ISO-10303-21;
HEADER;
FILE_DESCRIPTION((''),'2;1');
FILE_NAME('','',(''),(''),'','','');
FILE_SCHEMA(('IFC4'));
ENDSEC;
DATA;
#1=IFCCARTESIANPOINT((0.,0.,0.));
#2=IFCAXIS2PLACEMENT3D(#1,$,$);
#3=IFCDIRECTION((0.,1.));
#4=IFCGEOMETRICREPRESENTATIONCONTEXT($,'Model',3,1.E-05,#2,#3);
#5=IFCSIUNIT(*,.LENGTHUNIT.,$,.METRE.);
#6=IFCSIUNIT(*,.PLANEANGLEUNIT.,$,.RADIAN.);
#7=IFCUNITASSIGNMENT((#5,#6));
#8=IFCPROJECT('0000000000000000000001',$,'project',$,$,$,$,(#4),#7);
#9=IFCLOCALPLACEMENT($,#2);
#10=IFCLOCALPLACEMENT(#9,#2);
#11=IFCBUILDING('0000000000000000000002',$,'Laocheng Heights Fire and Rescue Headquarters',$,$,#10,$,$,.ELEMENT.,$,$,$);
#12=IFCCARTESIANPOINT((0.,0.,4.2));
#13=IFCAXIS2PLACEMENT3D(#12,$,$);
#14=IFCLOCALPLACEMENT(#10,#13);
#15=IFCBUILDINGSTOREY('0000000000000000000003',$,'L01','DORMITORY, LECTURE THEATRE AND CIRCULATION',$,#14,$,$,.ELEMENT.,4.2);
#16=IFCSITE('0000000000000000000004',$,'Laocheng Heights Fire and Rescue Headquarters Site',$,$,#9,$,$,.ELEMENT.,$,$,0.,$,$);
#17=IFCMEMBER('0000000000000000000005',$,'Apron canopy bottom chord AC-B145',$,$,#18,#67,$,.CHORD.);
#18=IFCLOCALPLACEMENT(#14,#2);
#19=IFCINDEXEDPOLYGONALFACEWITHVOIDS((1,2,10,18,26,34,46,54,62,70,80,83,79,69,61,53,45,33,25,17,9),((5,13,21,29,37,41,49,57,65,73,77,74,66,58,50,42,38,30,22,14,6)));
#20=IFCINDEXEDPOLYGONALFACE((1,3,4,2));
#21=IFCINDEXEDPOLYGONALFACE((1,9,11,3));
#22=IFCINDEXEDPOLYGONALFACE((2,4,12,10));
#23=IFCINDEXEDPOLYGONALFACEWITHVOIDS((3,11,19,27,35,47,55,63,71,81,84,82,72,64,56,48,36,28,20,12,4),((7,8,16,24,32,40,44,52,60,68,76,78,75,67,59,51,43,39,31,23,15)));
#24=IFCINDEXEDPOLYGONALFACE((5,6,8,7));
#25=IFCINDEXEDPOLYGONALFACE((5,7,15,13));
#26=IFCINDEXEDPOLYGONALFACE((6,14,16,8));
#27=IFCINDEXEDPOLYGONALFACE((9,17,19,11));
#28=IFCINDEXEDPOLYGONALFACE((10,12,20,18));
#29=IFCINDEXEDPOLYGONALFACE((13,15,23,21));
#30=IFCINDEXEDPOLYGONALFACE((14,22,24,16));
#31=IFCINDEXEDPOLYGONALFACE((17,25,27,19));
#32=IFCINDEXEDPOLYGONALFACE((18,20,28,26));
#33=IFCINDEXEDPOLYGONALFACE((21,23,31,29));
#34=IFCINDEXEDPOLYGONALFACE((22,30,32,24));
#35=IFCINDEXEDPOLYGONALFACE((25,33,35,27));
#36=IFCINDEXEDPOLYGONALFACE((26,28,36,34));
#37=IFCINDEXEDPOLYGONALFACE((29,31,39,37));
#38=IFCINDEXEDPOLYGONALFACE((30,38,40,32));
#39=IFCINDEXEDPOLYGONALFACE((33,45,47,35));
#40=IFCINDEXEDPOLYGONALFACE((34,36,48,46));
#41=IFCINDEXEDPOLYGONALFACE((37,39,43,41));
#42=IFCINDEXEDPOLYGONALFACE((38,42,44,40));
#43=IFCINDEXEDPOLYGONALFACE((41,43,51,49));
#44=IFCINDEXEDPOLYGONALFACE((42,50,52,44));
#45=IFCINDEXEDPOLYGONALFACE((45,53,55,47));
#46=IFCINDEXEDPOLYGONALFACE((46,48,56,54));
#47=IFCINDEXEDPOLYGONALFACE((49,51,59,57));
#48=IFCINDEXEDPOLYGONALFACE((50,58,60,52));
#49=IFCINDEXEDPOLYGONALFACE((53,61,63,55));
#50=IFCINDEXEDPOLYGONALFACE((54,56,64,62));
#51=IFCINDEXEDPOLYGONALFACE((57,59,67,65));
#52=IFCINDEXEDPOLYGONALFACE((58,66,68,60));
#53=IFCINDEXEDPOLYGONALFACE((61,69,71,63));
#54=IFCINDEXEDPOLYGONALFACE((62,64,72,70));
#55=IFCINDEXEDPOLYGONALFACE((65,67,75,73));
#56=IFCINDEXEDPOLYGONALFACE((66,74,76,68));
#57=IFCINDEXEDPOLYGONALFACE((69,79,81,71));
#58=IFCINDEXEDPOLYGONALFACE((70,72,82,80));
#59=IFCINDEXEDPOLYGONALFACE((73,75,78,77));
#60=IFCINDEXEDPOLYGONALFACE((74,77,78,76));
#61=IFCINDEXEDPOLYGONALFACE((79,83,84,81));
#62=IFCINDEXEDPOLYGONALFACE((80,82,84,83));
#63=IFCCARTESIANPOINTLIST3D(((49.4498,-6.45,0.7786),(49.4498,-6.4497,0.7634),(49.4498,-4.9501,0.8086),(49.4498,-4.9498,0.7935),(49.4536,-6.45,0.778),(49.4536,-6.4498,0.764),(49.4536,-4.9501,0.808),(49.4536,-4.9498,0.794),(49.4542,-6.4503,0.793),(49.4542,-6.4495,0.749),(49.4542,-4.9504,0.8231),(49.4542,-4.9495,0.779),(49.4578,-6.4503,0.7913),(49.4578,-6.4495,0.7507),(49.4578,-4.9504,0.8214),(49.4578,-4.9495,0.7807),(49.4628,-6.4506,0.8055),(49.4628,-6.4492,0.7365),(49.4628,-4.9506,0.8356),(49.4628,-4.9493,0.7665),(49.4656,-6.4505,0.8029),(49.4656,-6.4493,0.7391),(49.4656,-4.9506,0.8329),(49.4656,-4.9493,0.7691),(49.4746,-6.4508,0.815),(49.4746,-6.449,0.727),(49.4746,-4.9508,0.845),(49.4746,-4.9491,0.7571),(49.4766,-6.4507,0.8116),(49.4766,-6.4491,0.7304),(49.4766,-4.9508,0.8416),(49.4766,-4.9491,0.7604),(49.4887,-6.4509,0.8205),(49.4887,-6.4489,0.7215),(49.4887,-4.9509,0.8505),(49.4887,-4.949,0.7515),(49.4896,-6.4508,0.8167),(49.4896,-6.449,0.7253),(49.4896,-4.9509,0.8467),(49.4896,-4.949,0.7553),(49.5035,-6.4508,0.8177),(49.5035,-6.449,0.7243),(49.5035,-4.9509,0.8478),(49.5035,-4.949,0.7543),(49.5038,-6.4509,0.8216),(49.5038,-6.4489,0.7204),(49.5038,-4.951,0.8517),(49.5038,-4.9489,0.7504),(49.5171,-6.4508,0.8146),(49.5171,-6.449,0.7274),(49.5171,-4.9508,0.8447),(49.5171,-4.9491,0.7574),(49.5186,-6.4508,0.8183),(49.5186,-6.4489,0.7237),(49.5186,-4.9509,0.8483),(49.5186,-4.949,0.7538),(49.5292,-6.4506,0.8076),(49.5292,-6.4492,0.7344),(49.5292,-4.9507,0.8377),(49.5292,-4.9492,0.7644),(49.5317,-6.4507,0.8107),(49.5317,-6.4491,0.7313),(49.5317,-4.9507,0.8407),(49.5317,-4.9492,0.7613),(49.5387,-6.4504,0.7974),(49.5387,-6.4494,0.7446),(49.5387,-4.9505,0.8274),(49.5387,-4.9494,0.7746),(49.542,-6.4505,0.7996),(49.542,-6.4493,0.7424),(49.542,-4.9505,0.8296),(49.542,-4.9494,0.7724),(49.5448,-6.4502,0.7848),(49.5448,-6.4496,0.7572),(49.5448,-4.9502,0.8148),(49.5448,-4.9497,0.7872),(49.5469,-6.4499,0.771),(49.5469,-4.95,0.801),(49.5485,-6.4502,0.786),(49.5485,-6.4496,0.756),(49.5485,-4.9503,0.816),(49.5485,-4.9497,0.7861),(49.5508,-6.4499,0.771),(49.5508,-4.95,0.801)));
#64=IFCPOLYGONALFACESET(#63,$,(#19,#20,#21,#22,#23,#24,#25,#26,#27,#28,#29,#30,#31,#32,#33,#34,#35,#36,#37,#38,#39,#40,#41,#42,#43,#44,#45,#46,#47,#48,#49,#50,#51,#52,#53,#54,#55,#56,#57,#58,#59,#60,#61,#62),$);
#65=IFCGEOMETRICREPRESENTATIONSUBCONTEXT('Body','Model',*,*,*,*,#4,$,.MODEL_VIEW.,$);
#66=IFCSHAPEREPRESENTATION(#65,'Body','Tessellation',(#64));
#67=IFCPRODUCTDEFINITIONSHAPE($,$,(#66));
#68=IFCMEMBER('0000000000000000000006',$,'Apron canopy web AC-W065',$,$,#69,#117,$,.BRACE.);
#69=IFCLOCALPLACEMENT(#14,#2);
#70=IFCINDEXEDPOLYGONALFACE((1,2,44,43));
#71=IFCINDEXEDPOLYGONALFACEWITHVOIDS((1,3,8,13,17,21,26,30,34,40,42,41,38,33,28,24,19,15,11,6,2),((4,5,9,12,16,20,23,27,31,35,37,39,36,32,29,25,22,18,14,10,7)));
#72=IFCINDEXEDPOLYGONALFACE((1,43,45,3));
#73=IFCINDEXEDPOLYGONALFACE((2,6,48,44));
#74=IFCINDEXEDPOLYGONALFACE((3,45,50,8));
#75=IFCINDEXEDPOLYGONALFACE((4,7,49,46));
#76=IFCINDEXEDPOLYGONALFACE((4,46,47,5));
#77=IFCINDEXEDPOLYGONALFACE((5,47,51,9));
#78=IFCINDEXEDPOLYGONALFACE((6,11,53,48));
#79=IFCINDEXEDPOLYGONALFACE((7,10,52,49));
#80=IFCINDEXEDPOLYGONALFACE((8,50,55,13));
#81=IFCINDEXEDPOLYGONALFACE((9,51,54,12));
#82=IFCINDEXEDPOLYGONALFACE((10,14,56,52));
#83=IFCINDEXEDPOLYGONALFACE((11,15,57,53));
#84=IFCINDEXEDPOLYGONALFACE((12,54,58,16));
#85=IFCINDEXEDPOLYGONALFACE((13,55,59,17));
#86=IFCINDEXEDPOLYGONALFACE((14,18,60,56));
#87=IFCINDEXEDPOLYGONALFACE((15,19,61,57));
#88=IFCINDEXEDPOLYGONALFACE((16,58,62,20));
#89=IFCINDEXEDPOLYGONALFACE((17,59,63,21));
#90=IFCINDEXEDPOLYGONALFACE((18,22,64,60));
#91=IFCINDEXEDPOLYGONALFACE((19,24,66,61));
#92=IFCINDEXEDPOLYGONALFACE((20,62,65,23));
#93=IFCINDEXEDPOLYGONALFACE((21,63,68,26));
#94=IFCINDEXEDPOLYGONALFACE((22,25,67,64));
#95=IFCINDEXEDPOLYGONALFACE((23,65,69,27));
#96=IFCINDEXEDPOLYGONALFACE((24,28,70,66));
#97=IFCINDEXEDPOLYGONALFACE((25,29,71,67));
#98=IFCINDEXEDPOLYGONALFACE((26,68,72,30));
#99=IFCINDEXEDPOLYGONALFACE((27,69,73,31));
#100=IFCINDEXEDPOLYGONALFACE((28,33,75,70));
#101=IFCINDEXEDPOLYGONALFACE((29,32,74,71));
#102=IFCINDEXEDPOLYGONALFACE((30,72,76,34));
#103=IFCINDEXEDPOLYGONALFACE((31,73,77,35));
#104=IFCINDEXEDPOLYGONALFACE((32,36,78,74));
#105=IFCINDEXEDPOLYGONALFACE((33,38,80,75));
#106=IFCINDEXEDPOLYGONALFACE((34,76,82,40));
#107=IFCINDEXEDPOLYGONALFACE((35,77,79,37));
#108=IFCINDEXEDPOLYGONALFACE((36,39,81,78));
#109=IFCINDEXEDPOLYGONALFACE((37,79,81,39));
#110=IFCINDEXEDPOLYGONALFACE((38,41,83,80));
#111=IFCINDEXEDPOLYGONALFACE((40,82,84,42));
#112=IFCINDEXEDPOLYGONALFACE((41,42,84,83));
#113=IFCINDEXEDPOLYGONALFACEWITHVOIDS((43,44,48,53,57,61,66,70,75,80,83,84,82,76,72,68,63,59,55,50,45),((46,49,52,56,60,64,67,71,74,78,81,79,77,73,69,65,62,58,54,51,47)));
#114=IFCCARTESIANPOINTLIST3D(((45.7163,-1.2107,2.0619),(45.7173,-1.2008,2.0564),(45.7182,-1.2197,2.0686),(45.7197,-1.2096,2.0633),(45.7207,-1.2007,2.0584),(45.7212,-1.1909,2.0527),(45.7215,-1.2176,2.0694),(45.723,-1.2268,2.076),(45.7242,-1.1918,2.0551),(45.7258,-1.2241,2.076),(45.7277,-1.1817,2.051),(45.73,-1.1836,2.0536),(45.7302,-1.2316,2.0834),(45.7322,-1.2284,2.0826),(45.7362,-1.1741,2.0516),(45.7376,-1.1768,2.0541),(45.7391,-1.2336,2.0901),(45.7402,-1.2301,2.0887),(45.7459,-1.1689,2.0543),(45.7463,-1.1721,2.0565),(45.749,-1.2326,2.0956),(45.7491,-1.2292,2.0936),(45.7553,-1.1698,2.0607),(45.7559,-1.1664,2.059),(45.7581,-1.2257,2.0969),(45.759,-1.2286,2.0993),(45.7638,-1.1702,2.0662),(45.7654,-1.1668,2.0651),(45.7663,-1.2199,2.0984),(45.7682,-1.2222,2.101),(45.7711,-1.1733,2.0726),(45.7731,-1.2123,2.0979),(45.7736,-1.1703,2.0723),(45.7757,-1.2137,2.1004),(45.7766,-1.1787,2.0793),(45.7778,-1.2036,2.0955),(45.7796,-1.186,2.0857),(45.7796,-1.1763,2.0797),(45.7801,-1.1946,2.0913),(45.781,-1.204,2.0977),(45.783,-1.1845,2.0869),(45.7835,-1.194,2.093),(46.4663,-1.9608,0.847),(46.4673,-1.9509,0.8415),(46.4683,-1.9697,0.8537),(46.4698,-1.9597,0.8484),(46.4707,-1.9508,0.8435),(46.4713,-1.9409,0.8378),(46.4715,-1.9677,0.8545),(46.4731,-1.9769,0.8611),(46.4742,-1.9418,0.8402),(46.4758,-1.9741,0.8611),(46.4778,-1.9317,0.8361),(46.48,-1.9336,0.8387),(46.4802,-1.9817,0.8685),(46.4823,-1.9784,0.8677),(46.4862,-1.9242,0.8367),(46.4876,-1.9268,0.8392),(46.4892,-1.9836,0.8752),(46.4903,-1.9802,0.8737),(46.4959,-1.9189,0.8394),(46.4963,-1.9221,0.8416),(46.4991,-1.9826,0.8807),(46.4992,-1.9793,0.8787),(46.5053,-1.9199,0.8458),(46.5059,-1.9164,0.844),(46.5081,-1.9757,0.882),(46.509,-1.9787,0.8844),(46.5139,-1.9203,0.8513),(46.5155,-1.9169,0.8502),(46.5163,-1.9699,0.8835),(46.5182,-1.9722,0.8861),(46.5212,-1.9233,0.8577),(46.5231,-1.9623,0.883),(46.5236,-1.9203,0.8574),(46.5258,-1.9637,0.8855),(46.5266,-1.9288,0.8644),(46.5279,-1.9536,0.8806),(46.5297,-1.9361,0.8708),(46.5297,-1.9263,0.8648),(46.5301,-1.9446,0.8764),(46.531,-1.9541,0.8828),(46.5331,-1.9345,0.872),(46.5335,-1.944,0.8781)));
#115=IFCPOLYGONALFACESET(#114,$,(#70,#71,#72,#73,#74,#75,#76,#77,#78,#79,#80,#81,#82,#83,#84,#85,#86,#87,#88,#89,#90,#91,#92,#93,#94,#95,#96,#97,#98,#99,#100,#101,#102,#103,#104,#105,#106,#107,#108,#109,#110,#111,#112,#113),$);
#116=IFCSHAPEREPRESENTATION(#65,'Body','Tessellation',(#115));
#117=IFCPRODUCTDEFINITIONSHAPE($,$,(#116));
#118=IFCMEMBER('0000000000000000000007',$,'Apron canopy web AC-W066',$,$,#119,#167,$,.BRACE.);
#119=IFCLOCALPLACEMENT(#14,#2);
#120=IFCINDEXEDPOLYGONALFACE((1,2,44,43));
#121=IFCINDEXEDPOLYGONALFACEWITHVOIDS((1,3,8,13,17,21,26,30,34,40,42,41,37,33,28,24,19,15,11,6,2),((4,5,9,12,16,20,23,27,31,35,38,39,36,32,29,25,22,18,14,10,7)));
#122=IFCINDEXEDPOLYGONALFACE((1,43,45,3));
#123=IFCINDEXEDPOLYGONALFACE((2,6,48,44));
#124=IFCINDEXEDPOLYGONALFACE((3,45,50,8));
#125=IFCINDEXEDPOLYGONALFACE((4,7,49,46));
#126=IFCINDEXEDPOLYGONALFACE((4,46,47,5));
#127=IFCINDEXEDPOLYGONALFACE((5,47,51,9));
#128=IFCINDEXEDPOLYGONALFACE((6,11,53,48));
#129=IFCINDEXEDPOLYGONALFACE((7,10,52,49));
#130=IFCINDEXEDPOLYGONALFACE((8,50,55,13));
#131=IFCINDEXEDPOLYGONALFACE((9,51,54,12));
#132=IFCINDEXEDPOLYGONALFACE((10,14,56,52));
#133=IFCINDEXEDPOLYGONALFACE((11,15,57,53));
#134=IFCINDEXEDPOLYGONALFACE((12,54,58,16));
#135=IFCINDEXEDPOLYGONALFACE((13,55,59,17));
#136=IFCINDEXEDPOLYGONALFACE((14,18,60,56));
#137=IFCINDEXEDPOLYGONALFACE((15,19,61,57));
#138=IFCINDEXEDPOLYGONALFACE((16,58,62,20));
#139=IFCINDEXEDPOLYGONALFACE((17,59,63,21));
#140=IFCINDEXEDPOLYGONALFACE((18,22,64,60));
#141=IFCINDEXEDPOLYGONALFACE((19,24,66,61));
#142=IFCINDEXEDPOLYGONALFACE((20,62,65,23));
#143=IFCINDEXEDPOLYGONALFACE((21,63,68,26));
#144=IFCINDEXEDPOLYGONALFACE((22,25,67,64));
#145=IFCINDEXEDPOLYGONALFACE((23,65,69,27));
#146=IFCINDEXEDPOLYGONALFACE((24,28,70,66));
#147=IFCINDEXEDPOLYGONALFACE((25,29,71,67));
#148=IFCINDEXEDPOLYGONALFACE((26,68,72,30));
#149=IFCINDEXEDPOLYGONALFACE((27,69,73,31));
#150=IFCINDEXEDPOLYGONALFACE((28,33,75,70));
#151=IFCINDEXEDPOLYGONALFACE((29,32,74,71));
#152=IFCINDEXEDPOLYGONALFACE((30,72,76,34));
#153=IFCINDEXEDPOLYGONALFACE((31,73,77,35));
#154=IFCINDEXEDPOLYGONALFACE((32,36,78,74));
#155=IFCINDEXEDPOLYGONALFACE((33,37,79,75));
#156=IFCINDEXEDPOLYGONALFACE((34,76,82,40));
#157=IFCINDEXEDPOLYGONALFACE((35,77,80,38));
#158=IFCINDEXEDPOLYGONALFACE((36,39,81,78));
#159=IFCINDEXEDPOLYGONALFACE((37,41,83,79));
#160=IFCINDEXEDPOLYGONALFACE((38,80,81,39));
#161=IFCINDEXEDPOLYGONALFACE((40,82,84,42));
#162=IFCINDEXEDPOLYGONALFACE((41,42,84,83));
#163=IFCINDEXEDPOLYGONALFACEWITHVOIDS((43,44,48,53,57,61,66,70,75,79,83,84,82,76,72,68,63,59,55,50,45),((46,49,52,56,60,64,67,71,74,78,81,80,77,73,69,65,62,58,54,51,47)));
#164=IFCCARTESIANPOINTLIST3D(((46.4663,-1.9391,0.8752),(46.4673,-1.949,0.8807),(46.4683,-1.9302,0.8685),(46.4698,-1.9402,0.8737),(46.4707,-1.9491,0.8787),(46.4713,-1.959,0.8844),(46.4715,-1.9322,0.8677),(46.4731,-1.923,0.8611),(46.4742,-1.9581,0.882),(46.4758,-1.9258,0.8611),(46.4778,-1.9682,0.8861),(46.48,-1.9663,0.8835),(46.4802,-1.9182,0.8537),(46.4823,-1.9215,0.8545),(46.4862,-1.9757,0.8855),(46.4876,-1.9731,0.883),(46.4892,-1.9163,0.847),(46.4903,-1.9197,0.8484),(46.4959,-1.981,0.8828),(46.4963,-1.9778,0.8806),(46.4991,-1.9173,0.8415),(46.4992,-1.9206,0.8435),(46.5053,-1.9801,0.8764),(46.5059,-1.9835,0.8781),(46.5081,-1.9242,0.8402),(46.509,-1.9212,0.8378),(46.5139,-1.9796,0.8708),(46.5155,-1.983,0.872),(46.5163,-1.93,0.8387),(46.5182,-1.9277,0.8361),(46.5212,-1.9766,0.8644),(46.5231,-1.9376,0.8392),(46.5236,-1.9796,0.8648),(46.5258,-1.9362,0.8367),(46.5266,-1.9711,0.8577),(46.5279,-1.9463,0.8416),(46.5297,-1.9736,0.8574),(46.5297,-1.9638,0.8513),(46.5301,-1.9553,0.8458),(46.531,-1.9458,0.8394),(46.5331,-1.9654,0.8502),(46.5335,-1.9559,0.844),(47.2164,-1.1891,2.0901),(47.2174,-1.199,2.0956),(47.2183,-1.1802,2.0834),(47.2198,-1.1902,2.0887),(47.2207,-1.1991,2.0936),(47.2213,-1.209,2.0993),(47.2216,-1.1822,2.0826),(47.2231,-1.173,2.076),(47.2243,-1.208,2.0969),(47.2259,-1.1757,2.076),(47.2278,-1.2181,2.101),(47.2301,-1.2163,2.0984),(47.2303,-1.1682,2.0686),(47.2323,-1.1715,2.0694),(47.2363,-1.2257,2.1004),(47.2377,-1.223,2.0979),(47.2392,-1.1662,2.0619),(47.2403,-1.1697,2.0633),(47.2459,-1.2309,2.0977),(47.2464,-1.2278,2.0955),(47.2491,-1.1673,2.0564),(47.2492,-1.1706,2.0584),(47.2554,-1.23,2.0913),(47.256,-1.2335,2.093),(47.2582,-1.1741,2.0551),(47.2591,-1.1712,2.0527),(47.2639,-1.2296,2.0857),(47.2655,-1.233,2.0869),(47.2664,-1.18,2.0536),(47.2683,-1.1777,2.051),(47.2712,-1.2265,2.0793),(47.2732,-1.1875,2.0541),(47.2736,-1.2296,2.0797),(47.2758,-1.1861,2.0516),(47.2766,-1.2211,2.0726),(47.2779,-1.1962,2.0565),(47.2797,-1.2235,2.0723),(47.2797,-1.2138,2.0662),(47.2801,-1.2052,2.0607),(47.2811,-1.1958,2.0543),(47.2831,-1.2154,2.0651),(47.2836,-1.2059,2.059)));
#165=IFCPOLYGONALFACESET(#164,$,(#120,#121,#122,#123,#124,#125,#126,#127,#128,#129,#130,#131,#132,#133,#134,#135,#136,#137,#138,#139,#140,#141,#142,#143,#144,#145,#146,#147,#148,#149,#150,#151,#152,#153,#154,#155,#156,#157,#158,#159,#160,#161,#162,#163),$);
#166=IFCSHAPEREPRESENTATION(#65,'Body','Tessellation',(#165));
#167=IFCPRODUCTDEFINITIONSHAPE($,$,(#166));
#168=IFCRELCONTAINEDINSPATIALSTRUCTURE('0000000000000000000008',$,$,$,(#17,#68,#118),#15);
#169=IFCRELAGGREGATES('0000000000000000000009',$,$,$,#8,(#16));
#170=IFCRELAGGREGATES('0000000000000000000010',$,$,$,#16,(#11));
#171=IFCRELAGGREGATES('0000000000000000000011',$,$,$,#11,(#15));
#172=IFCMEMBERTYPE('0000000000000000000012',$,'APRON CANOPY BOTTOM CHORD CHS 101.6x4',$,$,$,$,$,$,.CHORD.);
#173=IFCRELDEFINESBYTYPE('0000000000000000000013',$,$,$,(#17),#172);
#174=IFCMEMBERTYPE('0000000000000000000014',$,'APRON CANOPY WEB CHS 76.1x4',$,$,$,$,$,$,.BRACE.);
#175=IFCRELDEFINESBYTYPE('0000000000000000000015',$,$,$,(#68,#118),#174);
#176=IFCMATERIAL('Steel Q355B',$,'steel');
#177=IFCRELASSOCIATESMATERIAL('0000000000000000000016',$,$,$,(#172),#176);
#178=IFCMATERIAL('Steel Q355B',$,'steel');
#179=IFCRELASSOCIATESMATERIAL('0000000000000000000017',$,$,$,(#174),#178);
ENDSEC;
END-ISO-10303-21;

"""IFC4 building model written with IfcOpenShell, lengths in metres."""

from ifc_helpers import new_model, si_unit, direction, frame, origin, origin_2d, place, context, subcontext, project, spatial, hollow_circle, extrude, material, material_profile, profile_set, type_object, element, save


model = new_model("IFC4")

# Units and contexts
model_context = context("Model", 3, precision=1e-05, world=origin(), true_north=direction((0.0, 1.0)))
body_context = subcontext(model_context, "Body", "Model", "MODEL_VIEW")
ifc_project = project(units=[si_unit("LENGTHUNIT", "METRE"), si_unit("PLANEANGLEUNIT", "RADIAN")], contexts=[model_context])

# Site, building, storey
site_placement = place(None, origin())
site = spatial("IfcSite", under=ifc_project, at=site_placement, Name="Laocheng Heights Fire and Rescue Headquarters Site", CompositionType="ELEMENT", RefElevation=0.0)
building_placement = place(site_placement, origin())
building = spatial("IfcBuilding", under=site, at=building_placement, Name="Laocheng Heights Fire and Rescue Headquarters", CompositionType="ELEMENT")
storey_placement = place(building_placement, frame((0.0, 0.0, 4.2)))
storey = spatial("IfcBuildingStorey", under=building, at=storey_placement, Name="L01", Description="DORMITORY, LECTURE THEATRE AND CIRCULATION", CompositionType="ELEMENT", Elevation=4.2)

# Members
ifc_material_1 = material(Name="Steel Q355B", Category="steel")
ifc_material_profile_1 = material_profile(ifc_material_1, hollow_circle(Radius=0.0508, WallThickness=0.0039, at=origin_2d()), Name="CHS 101.6x4")
ifc_profile_set_1 = profile_set([ifc_material_profile_1], Name="Steel Q355B")
member_type_1 = type_object("IfcMemberType", Name="APRON CANOPY BOTTOM CHORD CHS 101.6x4", PredefinedType="CHORD", material=ifc_profile_set_1)
for number, where, z_axis, x_axis, name in (
    (1, (49.5, -4.95, 0.801), (0.0, -0.9998, -0.020016), (1.0, 0.0, 0.0), "Apron canopy bottom chord AC-B145"),
):
    element("IfcMember", number, at=place(storey_placement, frame(where, z_axis=z_axis, x_axis=x_axis)), inside=storey, type_object=member_type_1, Name=name, PredefinedType="CHORD", context=body_context, shape_type="SweptSolid", body=[
        extrude(hollow_circle(Radius=0.0508, WallThickness=0.0039, at=origin_2d()), origin(), (0.0, 0.0, 1.0), 1.5002),
    ])
ifc_material_2 = material(Name="Steel Q355B", Category="steel")
ifc_material_profile_2 = material_profile(ifc_material_2, hollow_circle(Radius=0.0381, WallThickness=0.0039, at=origin_2d()), Name="CHS 76.1x4")
ifc_profile_set_2 = profile_set([ifc_material_profile_2], Name="Steel Q355B")
member_type_2 = type_object("IfcMemberType", Name="APRON CANOPY WEB CHS 76.1x4", PredefinedType="BRACE", material=ifc_profile_set_2)
for number, where, z_axis, x_axis, name in (
    (2, (46.5, -1.95, 0.8611), (-0.465055, 0.465055, 0.753292), (-0.707107, -0.707107, 0.0), "Apron canopy web AC-W065"),
    (3, (46.5, -1.95, 0.8611), (0.465055, 0.465055, 0.753292), (-0.707107, 0.707107, 0.0), "Apron canopy web AC-W066"),
):
    element("IfcMember", number, at=place(storey_placement, frame(where, z_axis=z_axis, x_axis=x_axis)), inside=storey, type_object=member_type_2, Name=name, PredefinedType="BRACE", context=body_context, shape_type="SweptSolid", body=[
        extrude(hollow_circle(Radius=0.0381, WallThickness=0.0039, at=origin_2d()), origin(), (0.0, 0.0, 1.0), 1.6128),
    ])

save(model, "model.ifc")
